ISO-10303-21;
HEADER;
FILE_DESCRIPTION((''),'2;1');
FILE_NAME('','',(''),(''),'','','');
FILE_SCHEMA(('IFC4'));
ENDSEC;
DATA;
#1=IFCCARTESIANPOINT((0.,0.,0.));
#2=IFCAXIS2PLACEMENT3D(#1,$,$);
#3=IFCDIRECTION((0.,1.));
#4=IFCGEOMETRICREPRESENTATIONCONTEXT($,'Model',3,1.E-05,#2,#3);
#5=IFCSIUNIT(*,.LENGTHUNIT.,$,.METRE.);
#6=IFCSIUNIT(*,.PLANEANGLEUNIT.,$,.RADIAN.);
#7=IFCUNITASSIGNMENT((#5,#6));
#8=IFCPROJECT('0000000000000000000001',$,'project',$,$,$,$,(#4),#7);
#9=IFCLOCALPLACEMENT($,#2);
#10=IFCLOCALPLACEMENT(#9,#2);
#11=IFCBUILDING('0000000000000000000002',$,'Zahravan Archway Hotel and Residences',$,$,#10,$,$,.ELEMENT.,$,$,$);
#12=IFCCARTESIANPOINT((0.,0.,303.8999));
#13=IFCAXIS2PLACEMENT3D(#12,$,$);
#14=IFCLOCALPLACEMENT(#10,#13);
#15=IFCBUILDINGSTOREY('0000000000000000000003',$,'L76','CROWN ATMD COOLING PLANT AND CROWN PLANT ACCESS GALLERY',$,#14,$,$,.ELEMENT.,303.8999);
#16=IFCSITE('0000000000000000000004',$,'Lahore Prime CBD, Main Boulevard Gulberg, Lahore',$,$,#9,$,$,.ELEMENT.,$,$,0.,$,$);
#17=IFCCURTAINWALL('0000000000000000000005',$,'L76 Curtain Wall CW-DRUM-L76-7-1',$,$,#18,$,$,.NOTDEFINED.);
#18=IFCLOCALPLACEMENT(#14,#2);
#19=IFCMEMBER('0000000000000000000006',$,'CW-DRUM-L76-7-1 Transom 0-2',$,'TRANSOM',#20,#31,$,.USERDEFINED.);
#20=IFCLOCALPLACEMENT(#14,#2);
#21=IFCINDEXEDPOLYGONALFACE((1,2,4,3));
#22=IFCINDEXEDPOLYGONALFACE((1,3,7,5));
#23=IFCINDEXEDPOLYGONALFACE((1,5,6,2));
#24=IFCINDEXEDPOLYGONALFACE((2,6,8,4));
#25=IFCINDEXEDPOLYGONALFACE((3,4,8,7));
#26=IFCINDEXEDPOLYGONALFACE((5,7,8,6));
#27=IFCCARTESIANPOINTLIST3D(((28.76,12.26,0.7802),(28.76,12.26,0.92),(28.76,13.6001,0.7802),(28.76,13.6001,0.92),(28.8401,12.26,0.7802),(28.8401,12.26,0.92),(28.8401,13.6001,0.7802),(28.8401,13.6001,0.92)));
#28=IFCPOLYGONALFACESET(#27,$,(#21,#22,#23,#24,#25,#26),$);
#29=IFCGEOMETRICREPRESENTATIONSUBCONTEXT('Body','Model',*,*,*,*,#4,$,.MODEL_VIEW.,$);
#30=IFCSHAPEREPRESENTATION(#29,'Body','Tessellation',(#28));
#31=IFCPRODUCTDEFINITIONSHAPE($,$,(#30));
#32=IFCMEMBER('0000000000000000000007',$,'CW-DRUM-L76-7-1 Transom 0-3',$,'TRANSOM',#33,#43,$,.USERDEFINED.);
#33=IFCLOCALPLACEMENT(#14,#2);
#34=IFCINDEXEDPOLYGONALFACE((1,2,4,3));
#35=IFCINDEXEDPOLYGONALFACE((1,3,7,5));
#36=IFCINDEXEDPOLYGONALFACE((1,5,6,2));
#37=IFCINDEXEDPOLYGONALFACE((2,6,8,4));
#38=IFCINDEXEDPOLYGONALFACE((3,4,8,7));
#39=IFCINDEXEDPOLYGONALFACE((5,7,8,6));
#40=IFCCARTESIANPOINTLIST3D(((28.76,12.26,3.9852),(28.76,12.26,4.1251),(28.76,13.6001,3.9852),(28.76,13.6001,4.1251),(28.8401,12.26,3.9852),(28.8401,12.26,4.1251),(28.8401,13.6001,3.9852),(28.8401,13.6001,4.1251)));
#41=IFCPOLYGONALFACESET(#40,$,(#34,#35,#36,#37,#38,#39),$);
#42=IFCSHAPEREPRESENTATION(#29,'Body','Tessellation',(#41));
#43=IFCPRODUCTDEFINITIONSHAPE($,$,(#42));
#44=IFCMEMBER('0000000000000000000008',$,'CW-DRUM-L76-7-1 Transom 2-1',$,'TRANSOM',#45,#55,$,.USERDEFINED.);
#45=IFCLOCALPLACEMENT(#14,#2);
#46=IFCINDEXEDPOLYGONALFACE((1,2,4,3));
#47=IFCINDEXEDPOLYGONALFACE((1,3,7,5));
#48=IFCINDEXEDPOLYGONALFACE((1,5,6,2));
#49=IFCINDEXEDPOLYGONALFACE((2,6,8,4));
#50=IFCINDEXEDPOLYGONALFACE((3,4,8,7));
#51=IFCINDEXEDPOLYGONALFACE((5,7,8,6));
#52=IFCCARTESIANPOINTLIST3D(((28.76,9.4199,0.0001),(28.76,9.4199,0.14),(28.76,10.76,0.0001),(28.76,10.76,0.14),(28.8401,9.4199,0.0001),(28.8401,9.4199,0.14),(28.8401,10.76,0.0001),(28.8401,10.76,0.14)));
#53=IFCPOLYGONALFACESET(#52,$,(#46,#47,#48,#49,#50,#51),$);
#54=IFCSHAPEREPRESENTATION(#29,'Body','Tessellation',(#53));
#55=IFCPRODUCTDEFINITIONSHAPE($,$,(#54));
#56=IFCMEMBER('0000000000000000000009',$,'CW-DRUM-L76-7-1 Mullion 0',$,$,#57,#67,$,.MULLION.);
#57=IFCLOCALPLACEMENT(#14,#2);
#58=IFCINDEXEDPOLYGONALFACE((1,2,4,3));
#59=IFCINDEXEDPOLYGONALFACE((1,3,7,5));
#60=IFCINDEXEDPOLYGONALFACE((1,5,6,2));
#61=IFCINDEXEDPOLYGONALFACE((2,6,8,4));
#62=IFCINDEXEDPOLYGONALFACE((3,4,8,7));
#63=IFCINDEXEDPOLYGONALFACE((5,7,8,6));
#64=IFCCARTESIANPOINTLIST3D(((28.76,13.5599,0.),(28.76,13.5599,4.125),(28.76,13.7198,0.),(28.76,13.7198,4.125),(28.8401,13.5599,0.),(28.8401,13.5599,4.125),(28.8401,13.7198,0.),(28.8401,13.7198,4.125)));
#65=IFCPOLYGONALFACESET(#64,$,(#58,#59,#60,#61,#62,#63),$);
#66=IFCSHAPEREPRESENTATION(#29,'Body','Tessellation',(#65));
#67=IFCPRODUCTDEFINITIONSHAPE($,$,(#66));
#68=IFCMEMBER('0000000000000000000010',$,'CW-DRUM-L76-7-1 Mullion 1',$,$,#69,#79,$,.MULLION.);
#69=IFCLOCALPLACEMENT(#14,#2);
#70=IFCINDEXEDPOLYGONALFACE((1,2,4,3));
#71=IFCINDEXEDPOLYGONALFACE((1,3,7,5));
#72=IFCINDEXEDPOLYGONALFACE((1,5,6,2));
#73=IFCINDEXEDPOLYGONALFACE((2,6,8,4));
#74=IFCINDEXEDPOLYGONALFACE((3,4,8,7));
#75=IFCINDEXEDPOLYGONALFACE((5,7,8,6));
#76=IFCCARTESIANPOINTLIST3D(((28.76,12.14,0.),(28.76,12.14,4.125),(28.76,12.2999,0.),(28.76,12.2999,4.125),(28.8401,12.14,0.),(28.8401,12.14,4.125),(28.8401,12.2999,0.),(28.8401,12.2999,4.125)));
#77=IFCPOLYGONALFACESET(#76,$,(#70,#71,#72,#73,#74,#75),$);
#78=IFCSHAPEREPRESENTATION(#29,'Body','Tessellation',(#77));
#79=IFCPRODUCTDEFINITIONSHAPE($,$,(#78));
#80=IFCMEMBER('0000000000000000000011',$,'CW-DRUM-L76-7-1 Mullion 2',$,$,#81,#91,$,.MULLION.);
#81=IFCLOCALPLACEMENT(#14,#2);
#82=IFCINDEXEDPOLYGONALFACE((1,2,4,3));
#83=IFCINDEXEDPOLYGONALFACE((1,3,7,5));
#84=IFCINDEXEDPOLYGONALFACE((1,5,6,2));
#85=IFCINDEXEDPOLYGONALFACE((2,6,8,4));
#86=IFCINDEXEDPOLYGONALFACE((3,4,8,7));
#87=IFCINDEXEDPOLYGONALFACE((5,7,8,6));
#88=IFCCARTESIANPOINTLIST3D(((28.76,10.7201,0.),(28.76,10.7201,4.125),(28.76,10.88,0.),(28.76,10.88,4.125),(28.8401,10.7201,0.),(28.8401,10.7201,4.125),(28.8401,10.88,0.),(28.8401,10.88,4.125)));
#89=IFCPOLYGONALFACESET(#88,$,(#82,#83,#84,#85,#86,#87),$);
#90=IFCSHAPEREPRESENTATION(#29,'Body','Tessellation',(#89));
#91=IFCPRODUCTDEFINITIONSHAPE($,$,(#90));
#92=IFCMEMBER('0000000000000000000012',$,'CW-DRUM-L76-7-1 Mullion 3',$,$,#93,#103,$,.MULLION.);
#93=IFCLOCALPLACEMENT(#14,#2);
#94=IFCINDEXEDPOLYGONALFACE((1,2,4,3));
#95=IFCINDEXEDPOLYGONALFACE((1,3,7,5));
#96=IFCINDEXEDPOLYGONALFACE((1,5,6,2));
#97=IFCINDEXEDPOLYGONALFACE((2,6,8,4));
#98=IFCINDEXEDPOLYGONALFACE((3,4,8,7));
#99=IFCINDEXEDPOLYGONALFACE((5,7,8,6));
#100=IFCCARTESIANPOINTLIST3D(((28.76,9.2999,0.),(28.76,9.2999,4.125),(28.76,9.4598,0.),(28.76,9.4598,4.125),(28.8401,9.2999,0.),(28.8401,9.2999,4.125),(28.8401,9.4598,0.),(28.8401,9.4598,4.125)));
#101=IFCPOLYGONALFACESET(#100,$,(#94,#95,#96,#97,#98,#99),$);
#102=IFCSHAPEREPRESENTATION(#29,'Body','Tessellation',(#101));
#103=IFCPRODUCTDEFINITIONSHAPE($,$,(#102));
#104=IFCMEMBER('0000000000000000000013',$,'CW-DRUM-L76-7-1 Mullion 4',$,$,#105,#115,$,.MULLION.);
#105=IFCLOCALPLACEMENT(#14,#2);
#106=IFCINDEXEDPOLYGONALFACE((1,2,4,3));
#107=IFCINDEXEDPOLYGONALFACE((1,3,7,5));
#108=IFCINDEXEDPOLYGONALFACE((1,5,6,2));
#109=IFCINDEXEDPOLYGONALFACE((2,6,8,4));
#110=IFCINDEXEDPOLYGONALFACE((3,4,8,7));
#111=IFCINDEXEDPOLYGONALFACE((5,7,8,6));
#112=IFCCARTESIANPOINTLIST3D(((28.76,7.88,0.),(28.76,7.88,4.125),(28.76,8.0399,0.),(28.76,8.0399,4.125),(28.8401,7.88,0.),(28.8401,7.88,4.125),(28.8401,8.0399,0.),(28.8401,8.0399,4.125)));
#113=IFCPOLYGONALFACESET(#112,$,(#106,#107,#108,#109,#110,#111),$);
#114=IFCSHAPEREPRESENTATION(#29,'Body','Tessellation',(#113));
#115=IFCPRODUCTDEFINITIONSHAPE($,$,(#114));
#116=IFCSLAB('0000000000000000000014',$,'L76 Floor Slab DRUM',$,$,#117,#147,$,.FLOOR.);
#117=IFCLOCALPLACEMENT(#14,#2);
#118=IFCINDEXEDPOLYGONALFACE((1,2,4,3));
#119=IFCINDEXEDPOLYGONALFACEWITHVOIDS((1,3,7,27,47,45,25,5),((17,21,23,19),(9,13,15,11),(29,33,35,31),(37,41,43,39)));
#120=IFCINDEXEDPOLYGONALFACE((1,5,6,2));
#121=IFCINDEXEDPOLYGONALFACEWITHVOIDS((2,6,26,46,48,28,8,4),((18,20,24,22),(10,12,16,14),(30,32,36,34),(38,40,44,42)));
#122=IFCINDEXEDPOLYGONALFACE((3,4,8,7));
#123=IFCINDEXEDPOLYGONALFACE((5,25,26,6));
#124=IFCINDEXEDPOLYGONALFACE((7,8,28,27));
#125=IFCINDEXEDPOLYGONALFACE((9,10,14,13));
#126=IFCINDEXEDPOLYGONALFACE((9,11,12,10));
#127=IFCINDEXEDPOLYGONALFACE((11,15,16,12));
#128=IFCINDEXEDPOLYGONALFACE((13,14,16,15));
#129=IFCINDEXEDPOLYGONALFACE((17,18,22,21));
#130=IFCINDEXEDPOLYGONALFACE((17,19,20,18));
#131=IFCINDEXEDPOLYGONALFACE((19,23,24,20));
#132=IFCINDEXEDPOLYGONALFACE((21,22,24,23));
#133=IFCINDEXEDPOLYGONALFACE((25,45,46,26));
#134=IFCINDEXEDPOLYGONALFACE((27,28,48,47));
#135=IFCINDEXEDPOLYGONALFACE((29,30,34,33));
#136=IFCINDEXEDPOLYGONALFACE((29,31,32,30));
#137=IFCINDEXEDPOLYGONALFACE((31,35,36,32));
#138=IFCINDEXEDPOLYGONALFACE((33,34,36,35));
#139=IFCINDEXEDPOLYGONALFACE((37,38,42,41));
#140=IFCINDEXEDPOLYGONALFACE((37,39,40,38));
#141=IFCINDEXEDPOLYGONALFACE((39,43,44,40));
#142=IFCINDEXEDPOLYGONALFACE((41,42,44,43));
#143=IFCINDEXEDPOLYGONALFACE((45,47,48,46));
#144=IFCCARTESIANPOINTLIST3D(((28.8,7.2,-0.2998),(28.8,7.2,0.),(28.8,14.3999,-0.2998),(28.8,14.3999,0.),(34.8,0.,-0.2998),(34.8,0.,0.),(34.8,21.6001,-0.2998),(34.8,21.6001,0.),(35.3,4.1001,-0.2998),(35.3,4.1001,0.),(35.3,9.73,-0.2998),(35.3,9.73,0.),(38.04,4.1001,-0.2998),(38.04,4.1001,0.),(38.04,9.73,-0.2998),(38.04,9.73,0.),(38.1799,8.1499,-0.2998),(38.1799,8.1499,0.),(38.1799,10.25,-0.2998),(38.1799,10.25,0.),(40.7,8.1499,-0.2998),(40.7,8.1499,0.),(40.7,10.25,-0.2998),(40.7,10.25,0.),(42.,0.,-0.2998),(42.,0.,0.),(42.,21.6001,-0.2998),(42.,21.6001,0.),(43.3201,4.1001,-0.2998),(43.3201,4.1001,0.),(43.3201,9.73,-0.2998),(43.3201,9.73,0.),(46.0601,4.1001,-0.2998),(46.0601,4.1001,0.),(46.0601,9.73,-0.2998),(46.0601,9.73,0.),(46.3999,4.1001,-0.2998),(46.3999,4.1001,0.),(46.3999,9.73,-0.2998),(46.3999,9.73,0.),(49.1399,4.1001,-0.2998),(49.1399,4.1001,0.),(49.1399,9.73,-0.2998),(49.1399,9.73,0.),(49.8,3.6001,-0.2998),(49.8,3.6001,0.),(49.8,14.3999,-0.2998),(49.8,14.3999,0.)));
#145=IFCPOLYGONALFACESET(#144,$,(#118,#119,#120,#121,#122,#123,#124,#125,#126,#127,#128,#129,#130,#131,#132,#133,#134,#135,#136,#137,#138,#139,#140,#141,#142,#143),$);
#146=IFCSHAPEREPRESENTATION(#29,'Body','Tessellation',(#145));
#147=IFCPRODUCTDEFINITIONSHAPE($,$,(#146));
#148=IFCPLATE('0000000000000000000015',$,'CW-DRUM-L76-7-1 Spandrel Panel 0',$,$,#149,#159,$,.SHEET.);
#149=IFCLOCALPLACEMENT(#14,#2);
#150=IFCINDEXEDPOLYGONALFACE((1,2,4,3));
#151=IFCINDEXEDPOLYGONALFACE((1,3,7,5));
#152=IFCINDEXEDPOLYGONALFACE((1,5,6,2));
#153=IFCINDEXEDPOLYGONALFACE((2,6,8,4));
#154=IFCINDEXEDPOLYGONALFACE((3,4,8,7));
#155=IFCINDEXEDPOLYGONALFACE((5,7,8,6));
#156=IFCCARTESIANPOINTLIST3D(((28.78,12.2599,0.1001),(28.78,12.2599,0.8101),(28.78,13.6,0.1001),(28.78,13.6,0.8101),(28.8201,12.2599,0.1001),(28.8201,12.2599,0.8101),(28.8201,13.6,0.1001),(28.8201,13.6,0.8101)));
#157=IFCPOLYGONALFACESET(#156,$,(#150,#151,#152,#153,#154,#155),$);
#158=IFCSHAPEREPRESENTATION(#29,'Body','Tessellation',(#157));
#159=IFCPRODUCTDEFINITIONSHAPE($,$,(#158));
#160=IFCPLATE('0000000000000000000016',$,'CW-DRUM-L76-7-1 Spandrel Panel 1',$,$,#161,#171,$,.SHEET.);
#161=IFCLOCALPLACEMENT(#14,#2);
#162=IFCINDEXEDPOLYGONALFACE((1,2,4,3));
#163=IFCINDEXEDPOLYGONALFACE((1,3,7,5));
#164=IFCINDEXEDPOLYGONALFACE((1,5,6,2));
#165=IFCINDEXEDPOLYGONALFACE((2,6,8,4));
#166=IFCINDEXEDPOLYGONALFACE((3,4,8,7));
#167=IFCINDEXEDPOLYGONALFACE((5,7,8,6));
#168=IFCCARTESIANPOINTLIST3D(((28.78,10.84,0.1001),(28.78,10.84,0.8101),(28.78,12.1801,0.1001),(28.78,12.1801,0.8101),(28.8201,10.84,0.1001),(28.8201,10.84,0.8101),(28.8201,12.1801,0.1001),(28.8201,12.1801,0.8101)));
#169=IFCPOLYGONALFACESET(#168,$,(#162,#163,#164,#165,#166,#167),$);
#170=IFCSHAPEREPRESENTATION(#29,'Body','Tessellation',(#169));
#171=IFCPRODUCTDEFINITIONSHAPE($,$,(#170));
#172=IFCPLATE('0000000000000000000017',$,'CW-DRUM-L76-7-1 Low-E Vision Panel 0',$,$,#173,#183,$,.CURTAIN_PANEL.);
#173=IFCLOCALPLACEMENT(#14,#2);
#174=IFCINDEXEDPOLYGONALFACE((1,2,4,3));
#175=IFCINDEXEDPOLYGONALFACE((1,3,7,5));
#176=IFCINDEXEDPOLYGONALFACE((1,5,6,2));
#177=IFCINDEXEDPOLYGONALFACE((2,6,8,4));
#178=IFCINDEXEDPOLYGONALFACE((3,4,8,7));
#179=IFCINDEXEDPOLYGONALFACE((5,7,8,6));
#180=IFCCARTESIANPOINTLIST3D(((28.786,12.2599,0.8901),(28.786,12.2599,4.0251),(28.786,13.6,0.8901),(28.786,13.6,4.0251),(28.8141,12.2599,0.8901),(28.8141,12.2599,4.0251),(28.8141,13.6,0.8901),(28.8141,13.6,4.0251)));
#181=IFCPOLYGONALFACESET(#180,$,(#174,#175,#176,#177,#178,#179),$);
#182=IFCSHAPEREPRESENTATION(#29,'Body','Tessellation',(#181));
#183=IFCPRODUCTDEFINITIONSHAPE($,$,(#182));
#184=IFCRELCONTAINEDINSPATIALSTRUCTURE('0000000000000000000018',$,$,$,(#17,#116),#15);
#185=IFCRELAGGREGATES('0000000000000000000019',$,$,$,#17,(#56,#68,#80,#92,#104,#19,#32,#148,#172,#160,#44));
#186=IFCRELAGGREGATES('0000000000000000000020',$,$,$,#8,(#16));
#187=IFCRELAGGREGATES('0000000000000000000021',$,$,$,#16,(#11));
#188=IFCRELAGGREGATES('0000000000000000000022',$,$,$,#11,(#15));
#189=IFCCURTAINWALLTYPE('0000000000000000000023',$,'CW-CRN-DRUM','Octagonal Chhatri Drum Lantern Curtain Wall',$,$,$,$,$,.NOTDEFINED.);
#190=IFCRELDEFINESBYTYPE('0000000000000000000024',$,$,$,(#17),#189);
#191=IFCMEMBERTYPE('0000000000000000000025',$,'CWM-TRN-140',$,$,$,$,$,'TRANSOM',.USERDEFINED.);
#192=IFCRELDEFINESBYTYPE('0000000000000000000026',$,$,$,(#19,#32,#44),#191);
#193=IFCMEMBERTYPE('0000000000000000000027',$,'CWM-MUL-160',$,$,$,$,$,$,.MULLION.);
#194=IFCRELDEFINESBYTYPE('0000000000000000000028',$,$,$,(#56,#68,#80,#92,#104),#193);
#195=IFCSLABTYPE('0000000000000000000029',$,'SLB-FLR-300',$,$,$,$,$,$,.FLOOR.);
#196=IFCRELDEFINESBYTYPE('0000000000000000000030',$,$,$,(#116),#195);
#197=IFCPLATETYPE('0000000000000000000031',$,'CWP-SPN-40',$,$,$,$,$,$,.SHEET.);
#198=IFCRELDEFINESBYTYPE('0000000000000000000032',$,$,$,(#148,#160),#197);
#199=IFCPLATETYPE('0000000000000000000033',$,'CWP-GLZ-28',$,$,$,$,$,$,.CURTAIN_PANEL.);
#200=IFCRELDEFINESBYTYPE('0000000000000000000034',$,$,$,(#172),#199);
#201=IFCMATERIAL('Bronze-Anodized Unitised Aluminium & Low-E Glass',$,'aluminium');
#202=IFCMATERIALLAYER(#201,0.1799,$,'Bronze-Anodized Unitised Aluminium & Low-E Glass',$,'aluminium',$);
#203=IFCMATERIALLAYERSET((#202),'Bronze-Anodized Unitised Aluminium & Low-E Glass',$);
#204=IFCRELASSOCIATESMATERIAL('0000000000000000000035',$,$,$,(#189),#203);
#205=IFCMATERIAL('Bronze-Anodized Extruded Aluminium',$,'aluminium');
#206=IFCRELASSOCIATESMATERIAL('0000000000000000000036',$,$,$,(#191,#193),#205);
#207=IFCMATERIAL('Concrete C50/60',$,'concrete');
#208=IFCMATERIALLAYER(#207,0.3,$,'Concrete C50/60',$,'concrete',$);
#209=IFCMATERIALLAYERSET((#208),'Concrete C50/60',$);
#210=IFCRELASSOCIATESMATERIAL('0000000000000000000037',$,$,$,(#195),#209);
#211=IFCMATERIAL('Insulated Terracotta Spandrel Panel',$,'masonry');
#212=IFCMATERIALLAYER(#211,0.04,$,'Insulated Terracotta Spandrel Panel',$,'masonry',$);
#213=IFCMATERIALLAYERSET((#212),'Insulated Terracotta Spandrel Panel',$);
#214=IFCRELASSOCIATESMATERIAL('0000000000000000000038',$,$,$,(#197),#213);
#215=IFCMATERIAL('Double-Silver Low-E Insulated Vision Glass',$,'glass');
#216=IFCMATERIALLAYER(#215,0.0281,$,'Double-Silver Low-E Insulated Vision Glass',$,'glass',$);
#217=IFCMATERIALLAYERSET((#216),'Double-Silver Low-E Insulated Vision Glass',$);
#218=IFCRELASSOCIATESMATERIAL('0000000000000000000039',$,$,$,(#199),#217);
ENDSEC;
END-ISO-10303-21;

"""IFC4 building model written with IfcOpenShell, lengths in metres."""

from ifc_helpers import new_model, si_unit, direction, frame, origin, origin_2d, place, context, subcontext, project, spatial, polyline, rectangle, outline, extrude, source, transform, mapped, material, layer, layer_set, material_profile, profile_set, type_object, element, aggregate, save


model = new_model("IFC4")

# Units and contexts
model_context = context("Model", 3, precision=1e-05, world=origin(), true_north=direction((0.0, 1.0)))
body_context = subcontext(model_context, "Body", "Model", "MODEL_VIEW")
ifc_project = project(units=[si_unit("LENGTHUNIT", "METRE"), si_unit("PLANEANGLEUNIT", "RADIAN")], contexts=[model_context])

# Site, building, storey
site_placement = place(None, origin())
site = spatial("IfcSite", under=ifc_project, at=site_placement, Name="Lahore Prime CBD, Main Boulevard Gulberg, Lahore", CompositionType="ELEMENT", RefElevation=0.0)
building_placement = place(site_placement, origin())
building = spatial("IfcBuilding", under=site, at=building_placement, Name="Zahravan Archway Hotel and Residences", CompositionType="ELEMENT")
storey_placement = place(building_placement, frame((0.0, 0.0, 303.8999)))
storey = spatial("IfcBuildingStorey", under=building, at=storey_placement, Name="L76", Description="CROWN ATMD COOLING PLANT AND CROWN PLANT ACCESS GALLERY", CompositionType="ELEMENT", Elevation=303.8999)

# Curtain wall, members
ifc_material_1 = material(Name="Bronze-Anodized Unitised Aluminium & Low-E Glass", Category="aluminium")
ifc_layer_1 = layer(ifc_material_1, 0.1799, Name="Bronze-Anodized Unitised Aluminium & Low-E Glass", Category="aluminium")
ifc_layer_set_1 = layer_set([ifc_layer_1], Name="Bronze-Anodized Unitised Aluminium & Low-E Glass")
curtain_wall_type = type_object("IfcCurtainWallType", Name="CW-CRN-DRUM", Description="Octagonal Chhatri Drum Lantern Curtain Wall", PredefinedType="NOTDEFINED", material=ifc_layer_set_1)
curtain_wall_placement = place(storey_placement, origin())
curtain_wall = element("IfcCurtainWall", 1, at=curtain_wall_placement, inside=storey, type_object=curtain_wall_type, Name="L76 Curtain Wall CW-DRUM-L76-7-1", PredefinedType="NOTDEFINED")
ifc_material_2 = material(Name="Bronze-Anodized Extruded Aluminium", Category="aluminium")
ifc_material_profile_1 = material_profile(ifc_material_2, rectangle(XDim=0.0801, YDim=0.1399, at=origin_2d()), Name="TRN 80x140", Category="aluminium")
ifc_profile_set_1 = profile_set([ifc_material_profile_1], Name="Bronze-Anodized Extruded Aluminium")
member_type_1 = type_object("IfcMemberType", Name="CWM-TRN-140", ElementType="TRANSOM", PredefinedType="USERDEFINED", material=ifc_profile_set_1)
shared_shape_1 = source(origin(), body_context, "Body", "SweptSolid", [
    extrude(rectangle(XDim=0.0801, YDim=0.1399, at=origin_2d()), origin(), (0.0, 0.0, 1.0), 1.3401),
])
member_1_placement = place(storey_placement, frame((28.8, 13.6001, 0.8501), z_axis=(0.0, -1.0, 0.0), x_axis=(1.0, 0.0, 0.0)))
member_1 = element("IfcMember", 2, at=member_1_placement, type_object=member_type_1, Name="CW-DRUM-L76-7-1 Transom 0-2", ObjectType="TRANSOM", PredefinedType="USERDEFINED", context=body_context, shape_type="MappedRepresentation", body=[
    mapped(shared_shape_1, transform((0.0, 0.0, 0.0), scale=1.0)),
])
member_2_placement = place(storey_placement, frame((28.8, 13.6001, 4.0552), z_axis=(0.0, -1.0, 0.0), x_axis=(1.0, 0.0, 0.0)))
member_2 = element("IfcMember", 3, at=member_2_placement, type_object=member_type_1, Name="CW-DRUM-L76-7-1 Transom 0-3", ObjectType="TRANSOM", PredefinedType="USERDEFINED", context=body_context, shape_type="MappedRepresentation", body=[
    mapped(shared_shape_1, transform((0.0, 0.0, 0.0), scale=1.0)),
])
member_3_placement = place(storey_placement, frame((28.8, 10.76, 0.0701), z_axis=(0.0, -1.0, 0.0), x_axis=(1.0, 0.0, 0.0)))
member_3 = element("IfcMember", 4, at=member_3_placement, type_object=member_type_1, Name="CW-DRUM-L76-7-1 Transom 2-1", ObjectType="TRANSOM", PredefinedType="USERDEFINED", context=body_context, shape_type="MappedRepresentation", body=[
    mapped(shared_shape_1, transform((0.0, 0.0, 0.0), scale=1.0)),
])
ifc_material_profile_2 = material_profile(ifc_material_2, rectangle(XDim=0.0801, YDim=0.1599, at=origin_2d()), Name="MUL 80x160", Category="aluminium")
ifc_profile_set_2 = profile_set([ifc_material_profile_2], Name="Bronze-Anodized Extruded Aluminium")
member_type_2 = type_object("IfcMemberType", Name="CWM-MUL-160", PredefinedType="MULLION", material=ifc_profile_set_2)
shared_shape_2 = source(origin(), body_context, "Body", "SweptSolid", [
    extrude(rectangle(XDim=0.0801, YDim=0.1599, at=origin_2d()), origin(), (0.0, 0.0, 1.0), 4.125),
])
member_4_placement = place(storey_placement, frame((28.8, 13.6399, 0.0), z_axis=(0.0, 0.0, 1.0), x_axis=(1.0, 0.0, 0.0)))
member_4 = element("IfcMember", 5, at=member_4_placement, type_object=member_type_2, Name="CW-DRUM-L76-7-1 Mullion 0", PredefinedType="MULLION", context=body_context, shape_type="MappedRepresentation", body=[
    mapped(shared_shape_2, transform((0.0, 0.0, 0.0), scale=1.0)),
])
member_5_placement = place(storey_placement, frame((28.8, 12.22, 0.0), z_axis=(0.0, 0.0, 1.0), x_axis=(1.0, 0.0, 0.0)))
member_5 = element("IfcMember", 6, at=member_5_placement, type_object=member_type_2, Name="CW-DRUM-L76-7-1 Mullion 1", PredefinedType="MULLION", context=body_context, shape_type="MappedRepresentation", body=[
    mapped(shared_shape_2, transform((0.0, 0.0, 0.0), scale=1.0)),
])
member_6_placement = place(storey_placement, frame((28.8, 10.8, 0.0), z_axis=(0.0, 0.0, 1.0), x_axis=(1.0, 0.0, 0.0)))
member_6 = element("IfcMember", 7, at=member_6_placement, type_object=member_type_2, Name="CW-DRUM-L76-7-1 Mullion 2", PredefinedType="MULLION", context=body_context, shape_type="MappedRepresentation", body=[
    mapped(shared_shape_2, transform((0.0, 0.0, 0.0), scale=1.0)),
])
member_7_placement = place(storey_placement, frame((28.8, 9.3799, 0.0), z_axis=(0.0, 0.0, 1.0), x_axis=(1.0, 0.0, 0.0)))
member_7 = element("IfcMember", 8, at=member_7_placement, type_object=member_type_2, Name="CW-DRUM-L76-7-1 Mullion 3", PredefinedType="MULLION", context=body_context, shape_type="MappedRepresentation", body=[
    mapped(shared_shape_2, transform((0.0, 0.0, 0.0), scale=1.0)),
])
member_8_placement = place(storey_placement, frame((28.8, 7.96, 0.0), z_axis=(0.0, 0.0, 1.0), x_axis=(1.0, 0.0, 0.0)))
member_8 = element("IfcMember", 9, at=member_8_placement, type_object=member_type_2, Name="CW-DRUM-L76-7-1 Mullion 4", PredefinedType="MULLION", context=body_context, shape_type="MappedRepresentation", body=[
    mapped(shared_shape_2, transform((0.0, 0.0, 0.0), scale=1.0)),
])

# Slab
ifc_material_3 = material(Name="Concrete C50/60", Category="concrete")
ifc_layer_2 = layer(ifc_material_3, 0.3, Name="Concrete C50/60", Category="concrete")
ifc_layer_set_2 = layer_set([ifc_layer_2], Name="Concrete C50/60")
slab_type = type_object("IfcSlabType", Name="SLB-FLR-300", PredefinedType="FLOOR", material=ifc_layer_set_2)
slab_placement = place(storey_placement, frame((0.0, 0.0, -0.2998)))
element("IfcSlab", 10, at=slab_placement, inside=storey, type_object=slab_type, Name="L76 Floor Slab DRUM", PredefinedType="FLOOR", context=body_context, shape_type="SweptSolid", body=[
    extrude(outline(polyline([(34.8, 0.0), (42.0, 0.0), (49.8, 3.6001), (49.8, 14.3999), (42.0, 21.6001), (34.8, 21.6001), (28.8, 14.3999), (28.8, 7.2), (34.8, 0.0)]), holes=[polyline([(35.3, 9.73), (35.3, 4.1001), (38.04, 4.1001), (38.04, 9.73), (35.3, 9.73)]), polyline([(43.3201, 9.73), (43.3201, 4.1001), (46.0601, 4.1001), (46.0601, 9.73), (43.3201, 9.73)]), polyline([(46.3999, 9.73), (46.3999, 4.1001), (49.1399, 4.1001), (49.1399, 9.73), (46.3999, 9.73)]), polyline([(38.1799, 8.1499), (40.7, 8.1499), (40.7, 10.25), (38.1799, 10.25), (38.1799, 8.1499)])]), origin(), (0.0, 0.0, 1.0), 0.2998),
])

# Plates
ifc_material_4 = material(Name="Insulated Terracotta Spandrel Panel", Category="masonry")
ifc_layer_3 = layer(ifc_material_4, 0.04, Name="Insulated Terracotta Spandrel Panel", Category="masonry")
ifc_layer_set_3 = layer_set([ifc_layer_3], Name="Insulated Terracotta Spandrel Panel")
plate_type_1 = type_object("IfcPlateType", Name="CWP-SPN-40", PredefinedType="SHEET", material=ifc_layer_set_3)
shared_shape_3 = source(origin(), body_context, "Body", "SweptSolid", [
    extrude(rectangle(XDim=1.3401, YDim=0.04, at=origin_2d()), origin(), (0.0, 0.0, 1.0), 0.71),
])
plate_1_placement = place(storey_placement, frame((28.8, 12.9299, 0.1001), z_axis=(0.0, 0.0, 1.0), x_axis=(0.0, -1.0, 0.0)))
plate_1 = element("IfcPlate", 11, at=plate_1_placement, type_object=plate_type_1, Name="CW-DRUM-L76-7-1 Spandrel Panel 0", PredefinedType="SHEET", context=body_context, shape_type="MappedRepresentation", body=[
    mapped(shared_shape_3, transform((0.0, 0.0, 0.0), scale=1.0)),
])
plate_2_placement = place(storey_placement, frame((28.8, 11.51, 0.1001), z_axis=(0.0, 0.0, 1.0), x_axis=(0.0, -1.0, 0.0)))
plate_2 = element("IfcPlate", 12, at=plate_2_placement, type_object=plate_type_1, Name="CW-DRUM-L76-7-1 Spandrel Panel 1", PredefinedType="SHEET", context=body_context, shape_type="MappedRepresentation", body=[
    mapped(shared_shape_3, transform((0.0, 0.0, 0.0), scale=1.0)),
])
ifc_material_5 = material(Name="Double-Silver Low-E Insulated Vision Glass", Category="glass")
ifc_layer_4 = layer(ifc_material_5, 0.0281, Name="Double-Silver Low-E Insulated Vision Glass", Category="glass")
ifc_layer_set_4 = layer_set([ifc_layer_4], Name="Double-Silver Low-E Insulated Vision Glass")
plate_type_2 = type_object("IfcPlateType", Name="CWP-GLZ-28", PredefinedType="CURTAIN_PANEL", material=ifc_layer_set_4)
shared_shape_4 = source(origin(), body_context, "Body", "SweptSolid", [
    extrude(rectangle(XDim=1.3401, YDim=0.0281, at=origin_2d()), origin(), (0.0, 0.0, 1.0), 3.135),
])
plate_3_placement = place(storey_placement, frame((28.8, 12.9299, 0.8901), z_axis=(0.0, 0.0, 1.0), x_axis=(0.0, -1.0, 0.0)))
plate_3 = element("IfcPlate", 13, at=plate_3_placement, type_object=plate_type_2, Name="CW-DRUM-L76-7-1 Low-E Vision Panel 0", PredefinedType="CURTAIN_PANEL", context=body_context, shape_type="MappedRepresentation", body=[
    mapped(shared_shape_4, transform((0.0, 0.0, 0.0), scale=1.0)),
])
aggregate(curtain_wall, [member_4, member_5, member_6, member_7, member_8, member_1, member_2, plate_1, plate_3, plate_2, member_3])

save(model, "model.ifc")
